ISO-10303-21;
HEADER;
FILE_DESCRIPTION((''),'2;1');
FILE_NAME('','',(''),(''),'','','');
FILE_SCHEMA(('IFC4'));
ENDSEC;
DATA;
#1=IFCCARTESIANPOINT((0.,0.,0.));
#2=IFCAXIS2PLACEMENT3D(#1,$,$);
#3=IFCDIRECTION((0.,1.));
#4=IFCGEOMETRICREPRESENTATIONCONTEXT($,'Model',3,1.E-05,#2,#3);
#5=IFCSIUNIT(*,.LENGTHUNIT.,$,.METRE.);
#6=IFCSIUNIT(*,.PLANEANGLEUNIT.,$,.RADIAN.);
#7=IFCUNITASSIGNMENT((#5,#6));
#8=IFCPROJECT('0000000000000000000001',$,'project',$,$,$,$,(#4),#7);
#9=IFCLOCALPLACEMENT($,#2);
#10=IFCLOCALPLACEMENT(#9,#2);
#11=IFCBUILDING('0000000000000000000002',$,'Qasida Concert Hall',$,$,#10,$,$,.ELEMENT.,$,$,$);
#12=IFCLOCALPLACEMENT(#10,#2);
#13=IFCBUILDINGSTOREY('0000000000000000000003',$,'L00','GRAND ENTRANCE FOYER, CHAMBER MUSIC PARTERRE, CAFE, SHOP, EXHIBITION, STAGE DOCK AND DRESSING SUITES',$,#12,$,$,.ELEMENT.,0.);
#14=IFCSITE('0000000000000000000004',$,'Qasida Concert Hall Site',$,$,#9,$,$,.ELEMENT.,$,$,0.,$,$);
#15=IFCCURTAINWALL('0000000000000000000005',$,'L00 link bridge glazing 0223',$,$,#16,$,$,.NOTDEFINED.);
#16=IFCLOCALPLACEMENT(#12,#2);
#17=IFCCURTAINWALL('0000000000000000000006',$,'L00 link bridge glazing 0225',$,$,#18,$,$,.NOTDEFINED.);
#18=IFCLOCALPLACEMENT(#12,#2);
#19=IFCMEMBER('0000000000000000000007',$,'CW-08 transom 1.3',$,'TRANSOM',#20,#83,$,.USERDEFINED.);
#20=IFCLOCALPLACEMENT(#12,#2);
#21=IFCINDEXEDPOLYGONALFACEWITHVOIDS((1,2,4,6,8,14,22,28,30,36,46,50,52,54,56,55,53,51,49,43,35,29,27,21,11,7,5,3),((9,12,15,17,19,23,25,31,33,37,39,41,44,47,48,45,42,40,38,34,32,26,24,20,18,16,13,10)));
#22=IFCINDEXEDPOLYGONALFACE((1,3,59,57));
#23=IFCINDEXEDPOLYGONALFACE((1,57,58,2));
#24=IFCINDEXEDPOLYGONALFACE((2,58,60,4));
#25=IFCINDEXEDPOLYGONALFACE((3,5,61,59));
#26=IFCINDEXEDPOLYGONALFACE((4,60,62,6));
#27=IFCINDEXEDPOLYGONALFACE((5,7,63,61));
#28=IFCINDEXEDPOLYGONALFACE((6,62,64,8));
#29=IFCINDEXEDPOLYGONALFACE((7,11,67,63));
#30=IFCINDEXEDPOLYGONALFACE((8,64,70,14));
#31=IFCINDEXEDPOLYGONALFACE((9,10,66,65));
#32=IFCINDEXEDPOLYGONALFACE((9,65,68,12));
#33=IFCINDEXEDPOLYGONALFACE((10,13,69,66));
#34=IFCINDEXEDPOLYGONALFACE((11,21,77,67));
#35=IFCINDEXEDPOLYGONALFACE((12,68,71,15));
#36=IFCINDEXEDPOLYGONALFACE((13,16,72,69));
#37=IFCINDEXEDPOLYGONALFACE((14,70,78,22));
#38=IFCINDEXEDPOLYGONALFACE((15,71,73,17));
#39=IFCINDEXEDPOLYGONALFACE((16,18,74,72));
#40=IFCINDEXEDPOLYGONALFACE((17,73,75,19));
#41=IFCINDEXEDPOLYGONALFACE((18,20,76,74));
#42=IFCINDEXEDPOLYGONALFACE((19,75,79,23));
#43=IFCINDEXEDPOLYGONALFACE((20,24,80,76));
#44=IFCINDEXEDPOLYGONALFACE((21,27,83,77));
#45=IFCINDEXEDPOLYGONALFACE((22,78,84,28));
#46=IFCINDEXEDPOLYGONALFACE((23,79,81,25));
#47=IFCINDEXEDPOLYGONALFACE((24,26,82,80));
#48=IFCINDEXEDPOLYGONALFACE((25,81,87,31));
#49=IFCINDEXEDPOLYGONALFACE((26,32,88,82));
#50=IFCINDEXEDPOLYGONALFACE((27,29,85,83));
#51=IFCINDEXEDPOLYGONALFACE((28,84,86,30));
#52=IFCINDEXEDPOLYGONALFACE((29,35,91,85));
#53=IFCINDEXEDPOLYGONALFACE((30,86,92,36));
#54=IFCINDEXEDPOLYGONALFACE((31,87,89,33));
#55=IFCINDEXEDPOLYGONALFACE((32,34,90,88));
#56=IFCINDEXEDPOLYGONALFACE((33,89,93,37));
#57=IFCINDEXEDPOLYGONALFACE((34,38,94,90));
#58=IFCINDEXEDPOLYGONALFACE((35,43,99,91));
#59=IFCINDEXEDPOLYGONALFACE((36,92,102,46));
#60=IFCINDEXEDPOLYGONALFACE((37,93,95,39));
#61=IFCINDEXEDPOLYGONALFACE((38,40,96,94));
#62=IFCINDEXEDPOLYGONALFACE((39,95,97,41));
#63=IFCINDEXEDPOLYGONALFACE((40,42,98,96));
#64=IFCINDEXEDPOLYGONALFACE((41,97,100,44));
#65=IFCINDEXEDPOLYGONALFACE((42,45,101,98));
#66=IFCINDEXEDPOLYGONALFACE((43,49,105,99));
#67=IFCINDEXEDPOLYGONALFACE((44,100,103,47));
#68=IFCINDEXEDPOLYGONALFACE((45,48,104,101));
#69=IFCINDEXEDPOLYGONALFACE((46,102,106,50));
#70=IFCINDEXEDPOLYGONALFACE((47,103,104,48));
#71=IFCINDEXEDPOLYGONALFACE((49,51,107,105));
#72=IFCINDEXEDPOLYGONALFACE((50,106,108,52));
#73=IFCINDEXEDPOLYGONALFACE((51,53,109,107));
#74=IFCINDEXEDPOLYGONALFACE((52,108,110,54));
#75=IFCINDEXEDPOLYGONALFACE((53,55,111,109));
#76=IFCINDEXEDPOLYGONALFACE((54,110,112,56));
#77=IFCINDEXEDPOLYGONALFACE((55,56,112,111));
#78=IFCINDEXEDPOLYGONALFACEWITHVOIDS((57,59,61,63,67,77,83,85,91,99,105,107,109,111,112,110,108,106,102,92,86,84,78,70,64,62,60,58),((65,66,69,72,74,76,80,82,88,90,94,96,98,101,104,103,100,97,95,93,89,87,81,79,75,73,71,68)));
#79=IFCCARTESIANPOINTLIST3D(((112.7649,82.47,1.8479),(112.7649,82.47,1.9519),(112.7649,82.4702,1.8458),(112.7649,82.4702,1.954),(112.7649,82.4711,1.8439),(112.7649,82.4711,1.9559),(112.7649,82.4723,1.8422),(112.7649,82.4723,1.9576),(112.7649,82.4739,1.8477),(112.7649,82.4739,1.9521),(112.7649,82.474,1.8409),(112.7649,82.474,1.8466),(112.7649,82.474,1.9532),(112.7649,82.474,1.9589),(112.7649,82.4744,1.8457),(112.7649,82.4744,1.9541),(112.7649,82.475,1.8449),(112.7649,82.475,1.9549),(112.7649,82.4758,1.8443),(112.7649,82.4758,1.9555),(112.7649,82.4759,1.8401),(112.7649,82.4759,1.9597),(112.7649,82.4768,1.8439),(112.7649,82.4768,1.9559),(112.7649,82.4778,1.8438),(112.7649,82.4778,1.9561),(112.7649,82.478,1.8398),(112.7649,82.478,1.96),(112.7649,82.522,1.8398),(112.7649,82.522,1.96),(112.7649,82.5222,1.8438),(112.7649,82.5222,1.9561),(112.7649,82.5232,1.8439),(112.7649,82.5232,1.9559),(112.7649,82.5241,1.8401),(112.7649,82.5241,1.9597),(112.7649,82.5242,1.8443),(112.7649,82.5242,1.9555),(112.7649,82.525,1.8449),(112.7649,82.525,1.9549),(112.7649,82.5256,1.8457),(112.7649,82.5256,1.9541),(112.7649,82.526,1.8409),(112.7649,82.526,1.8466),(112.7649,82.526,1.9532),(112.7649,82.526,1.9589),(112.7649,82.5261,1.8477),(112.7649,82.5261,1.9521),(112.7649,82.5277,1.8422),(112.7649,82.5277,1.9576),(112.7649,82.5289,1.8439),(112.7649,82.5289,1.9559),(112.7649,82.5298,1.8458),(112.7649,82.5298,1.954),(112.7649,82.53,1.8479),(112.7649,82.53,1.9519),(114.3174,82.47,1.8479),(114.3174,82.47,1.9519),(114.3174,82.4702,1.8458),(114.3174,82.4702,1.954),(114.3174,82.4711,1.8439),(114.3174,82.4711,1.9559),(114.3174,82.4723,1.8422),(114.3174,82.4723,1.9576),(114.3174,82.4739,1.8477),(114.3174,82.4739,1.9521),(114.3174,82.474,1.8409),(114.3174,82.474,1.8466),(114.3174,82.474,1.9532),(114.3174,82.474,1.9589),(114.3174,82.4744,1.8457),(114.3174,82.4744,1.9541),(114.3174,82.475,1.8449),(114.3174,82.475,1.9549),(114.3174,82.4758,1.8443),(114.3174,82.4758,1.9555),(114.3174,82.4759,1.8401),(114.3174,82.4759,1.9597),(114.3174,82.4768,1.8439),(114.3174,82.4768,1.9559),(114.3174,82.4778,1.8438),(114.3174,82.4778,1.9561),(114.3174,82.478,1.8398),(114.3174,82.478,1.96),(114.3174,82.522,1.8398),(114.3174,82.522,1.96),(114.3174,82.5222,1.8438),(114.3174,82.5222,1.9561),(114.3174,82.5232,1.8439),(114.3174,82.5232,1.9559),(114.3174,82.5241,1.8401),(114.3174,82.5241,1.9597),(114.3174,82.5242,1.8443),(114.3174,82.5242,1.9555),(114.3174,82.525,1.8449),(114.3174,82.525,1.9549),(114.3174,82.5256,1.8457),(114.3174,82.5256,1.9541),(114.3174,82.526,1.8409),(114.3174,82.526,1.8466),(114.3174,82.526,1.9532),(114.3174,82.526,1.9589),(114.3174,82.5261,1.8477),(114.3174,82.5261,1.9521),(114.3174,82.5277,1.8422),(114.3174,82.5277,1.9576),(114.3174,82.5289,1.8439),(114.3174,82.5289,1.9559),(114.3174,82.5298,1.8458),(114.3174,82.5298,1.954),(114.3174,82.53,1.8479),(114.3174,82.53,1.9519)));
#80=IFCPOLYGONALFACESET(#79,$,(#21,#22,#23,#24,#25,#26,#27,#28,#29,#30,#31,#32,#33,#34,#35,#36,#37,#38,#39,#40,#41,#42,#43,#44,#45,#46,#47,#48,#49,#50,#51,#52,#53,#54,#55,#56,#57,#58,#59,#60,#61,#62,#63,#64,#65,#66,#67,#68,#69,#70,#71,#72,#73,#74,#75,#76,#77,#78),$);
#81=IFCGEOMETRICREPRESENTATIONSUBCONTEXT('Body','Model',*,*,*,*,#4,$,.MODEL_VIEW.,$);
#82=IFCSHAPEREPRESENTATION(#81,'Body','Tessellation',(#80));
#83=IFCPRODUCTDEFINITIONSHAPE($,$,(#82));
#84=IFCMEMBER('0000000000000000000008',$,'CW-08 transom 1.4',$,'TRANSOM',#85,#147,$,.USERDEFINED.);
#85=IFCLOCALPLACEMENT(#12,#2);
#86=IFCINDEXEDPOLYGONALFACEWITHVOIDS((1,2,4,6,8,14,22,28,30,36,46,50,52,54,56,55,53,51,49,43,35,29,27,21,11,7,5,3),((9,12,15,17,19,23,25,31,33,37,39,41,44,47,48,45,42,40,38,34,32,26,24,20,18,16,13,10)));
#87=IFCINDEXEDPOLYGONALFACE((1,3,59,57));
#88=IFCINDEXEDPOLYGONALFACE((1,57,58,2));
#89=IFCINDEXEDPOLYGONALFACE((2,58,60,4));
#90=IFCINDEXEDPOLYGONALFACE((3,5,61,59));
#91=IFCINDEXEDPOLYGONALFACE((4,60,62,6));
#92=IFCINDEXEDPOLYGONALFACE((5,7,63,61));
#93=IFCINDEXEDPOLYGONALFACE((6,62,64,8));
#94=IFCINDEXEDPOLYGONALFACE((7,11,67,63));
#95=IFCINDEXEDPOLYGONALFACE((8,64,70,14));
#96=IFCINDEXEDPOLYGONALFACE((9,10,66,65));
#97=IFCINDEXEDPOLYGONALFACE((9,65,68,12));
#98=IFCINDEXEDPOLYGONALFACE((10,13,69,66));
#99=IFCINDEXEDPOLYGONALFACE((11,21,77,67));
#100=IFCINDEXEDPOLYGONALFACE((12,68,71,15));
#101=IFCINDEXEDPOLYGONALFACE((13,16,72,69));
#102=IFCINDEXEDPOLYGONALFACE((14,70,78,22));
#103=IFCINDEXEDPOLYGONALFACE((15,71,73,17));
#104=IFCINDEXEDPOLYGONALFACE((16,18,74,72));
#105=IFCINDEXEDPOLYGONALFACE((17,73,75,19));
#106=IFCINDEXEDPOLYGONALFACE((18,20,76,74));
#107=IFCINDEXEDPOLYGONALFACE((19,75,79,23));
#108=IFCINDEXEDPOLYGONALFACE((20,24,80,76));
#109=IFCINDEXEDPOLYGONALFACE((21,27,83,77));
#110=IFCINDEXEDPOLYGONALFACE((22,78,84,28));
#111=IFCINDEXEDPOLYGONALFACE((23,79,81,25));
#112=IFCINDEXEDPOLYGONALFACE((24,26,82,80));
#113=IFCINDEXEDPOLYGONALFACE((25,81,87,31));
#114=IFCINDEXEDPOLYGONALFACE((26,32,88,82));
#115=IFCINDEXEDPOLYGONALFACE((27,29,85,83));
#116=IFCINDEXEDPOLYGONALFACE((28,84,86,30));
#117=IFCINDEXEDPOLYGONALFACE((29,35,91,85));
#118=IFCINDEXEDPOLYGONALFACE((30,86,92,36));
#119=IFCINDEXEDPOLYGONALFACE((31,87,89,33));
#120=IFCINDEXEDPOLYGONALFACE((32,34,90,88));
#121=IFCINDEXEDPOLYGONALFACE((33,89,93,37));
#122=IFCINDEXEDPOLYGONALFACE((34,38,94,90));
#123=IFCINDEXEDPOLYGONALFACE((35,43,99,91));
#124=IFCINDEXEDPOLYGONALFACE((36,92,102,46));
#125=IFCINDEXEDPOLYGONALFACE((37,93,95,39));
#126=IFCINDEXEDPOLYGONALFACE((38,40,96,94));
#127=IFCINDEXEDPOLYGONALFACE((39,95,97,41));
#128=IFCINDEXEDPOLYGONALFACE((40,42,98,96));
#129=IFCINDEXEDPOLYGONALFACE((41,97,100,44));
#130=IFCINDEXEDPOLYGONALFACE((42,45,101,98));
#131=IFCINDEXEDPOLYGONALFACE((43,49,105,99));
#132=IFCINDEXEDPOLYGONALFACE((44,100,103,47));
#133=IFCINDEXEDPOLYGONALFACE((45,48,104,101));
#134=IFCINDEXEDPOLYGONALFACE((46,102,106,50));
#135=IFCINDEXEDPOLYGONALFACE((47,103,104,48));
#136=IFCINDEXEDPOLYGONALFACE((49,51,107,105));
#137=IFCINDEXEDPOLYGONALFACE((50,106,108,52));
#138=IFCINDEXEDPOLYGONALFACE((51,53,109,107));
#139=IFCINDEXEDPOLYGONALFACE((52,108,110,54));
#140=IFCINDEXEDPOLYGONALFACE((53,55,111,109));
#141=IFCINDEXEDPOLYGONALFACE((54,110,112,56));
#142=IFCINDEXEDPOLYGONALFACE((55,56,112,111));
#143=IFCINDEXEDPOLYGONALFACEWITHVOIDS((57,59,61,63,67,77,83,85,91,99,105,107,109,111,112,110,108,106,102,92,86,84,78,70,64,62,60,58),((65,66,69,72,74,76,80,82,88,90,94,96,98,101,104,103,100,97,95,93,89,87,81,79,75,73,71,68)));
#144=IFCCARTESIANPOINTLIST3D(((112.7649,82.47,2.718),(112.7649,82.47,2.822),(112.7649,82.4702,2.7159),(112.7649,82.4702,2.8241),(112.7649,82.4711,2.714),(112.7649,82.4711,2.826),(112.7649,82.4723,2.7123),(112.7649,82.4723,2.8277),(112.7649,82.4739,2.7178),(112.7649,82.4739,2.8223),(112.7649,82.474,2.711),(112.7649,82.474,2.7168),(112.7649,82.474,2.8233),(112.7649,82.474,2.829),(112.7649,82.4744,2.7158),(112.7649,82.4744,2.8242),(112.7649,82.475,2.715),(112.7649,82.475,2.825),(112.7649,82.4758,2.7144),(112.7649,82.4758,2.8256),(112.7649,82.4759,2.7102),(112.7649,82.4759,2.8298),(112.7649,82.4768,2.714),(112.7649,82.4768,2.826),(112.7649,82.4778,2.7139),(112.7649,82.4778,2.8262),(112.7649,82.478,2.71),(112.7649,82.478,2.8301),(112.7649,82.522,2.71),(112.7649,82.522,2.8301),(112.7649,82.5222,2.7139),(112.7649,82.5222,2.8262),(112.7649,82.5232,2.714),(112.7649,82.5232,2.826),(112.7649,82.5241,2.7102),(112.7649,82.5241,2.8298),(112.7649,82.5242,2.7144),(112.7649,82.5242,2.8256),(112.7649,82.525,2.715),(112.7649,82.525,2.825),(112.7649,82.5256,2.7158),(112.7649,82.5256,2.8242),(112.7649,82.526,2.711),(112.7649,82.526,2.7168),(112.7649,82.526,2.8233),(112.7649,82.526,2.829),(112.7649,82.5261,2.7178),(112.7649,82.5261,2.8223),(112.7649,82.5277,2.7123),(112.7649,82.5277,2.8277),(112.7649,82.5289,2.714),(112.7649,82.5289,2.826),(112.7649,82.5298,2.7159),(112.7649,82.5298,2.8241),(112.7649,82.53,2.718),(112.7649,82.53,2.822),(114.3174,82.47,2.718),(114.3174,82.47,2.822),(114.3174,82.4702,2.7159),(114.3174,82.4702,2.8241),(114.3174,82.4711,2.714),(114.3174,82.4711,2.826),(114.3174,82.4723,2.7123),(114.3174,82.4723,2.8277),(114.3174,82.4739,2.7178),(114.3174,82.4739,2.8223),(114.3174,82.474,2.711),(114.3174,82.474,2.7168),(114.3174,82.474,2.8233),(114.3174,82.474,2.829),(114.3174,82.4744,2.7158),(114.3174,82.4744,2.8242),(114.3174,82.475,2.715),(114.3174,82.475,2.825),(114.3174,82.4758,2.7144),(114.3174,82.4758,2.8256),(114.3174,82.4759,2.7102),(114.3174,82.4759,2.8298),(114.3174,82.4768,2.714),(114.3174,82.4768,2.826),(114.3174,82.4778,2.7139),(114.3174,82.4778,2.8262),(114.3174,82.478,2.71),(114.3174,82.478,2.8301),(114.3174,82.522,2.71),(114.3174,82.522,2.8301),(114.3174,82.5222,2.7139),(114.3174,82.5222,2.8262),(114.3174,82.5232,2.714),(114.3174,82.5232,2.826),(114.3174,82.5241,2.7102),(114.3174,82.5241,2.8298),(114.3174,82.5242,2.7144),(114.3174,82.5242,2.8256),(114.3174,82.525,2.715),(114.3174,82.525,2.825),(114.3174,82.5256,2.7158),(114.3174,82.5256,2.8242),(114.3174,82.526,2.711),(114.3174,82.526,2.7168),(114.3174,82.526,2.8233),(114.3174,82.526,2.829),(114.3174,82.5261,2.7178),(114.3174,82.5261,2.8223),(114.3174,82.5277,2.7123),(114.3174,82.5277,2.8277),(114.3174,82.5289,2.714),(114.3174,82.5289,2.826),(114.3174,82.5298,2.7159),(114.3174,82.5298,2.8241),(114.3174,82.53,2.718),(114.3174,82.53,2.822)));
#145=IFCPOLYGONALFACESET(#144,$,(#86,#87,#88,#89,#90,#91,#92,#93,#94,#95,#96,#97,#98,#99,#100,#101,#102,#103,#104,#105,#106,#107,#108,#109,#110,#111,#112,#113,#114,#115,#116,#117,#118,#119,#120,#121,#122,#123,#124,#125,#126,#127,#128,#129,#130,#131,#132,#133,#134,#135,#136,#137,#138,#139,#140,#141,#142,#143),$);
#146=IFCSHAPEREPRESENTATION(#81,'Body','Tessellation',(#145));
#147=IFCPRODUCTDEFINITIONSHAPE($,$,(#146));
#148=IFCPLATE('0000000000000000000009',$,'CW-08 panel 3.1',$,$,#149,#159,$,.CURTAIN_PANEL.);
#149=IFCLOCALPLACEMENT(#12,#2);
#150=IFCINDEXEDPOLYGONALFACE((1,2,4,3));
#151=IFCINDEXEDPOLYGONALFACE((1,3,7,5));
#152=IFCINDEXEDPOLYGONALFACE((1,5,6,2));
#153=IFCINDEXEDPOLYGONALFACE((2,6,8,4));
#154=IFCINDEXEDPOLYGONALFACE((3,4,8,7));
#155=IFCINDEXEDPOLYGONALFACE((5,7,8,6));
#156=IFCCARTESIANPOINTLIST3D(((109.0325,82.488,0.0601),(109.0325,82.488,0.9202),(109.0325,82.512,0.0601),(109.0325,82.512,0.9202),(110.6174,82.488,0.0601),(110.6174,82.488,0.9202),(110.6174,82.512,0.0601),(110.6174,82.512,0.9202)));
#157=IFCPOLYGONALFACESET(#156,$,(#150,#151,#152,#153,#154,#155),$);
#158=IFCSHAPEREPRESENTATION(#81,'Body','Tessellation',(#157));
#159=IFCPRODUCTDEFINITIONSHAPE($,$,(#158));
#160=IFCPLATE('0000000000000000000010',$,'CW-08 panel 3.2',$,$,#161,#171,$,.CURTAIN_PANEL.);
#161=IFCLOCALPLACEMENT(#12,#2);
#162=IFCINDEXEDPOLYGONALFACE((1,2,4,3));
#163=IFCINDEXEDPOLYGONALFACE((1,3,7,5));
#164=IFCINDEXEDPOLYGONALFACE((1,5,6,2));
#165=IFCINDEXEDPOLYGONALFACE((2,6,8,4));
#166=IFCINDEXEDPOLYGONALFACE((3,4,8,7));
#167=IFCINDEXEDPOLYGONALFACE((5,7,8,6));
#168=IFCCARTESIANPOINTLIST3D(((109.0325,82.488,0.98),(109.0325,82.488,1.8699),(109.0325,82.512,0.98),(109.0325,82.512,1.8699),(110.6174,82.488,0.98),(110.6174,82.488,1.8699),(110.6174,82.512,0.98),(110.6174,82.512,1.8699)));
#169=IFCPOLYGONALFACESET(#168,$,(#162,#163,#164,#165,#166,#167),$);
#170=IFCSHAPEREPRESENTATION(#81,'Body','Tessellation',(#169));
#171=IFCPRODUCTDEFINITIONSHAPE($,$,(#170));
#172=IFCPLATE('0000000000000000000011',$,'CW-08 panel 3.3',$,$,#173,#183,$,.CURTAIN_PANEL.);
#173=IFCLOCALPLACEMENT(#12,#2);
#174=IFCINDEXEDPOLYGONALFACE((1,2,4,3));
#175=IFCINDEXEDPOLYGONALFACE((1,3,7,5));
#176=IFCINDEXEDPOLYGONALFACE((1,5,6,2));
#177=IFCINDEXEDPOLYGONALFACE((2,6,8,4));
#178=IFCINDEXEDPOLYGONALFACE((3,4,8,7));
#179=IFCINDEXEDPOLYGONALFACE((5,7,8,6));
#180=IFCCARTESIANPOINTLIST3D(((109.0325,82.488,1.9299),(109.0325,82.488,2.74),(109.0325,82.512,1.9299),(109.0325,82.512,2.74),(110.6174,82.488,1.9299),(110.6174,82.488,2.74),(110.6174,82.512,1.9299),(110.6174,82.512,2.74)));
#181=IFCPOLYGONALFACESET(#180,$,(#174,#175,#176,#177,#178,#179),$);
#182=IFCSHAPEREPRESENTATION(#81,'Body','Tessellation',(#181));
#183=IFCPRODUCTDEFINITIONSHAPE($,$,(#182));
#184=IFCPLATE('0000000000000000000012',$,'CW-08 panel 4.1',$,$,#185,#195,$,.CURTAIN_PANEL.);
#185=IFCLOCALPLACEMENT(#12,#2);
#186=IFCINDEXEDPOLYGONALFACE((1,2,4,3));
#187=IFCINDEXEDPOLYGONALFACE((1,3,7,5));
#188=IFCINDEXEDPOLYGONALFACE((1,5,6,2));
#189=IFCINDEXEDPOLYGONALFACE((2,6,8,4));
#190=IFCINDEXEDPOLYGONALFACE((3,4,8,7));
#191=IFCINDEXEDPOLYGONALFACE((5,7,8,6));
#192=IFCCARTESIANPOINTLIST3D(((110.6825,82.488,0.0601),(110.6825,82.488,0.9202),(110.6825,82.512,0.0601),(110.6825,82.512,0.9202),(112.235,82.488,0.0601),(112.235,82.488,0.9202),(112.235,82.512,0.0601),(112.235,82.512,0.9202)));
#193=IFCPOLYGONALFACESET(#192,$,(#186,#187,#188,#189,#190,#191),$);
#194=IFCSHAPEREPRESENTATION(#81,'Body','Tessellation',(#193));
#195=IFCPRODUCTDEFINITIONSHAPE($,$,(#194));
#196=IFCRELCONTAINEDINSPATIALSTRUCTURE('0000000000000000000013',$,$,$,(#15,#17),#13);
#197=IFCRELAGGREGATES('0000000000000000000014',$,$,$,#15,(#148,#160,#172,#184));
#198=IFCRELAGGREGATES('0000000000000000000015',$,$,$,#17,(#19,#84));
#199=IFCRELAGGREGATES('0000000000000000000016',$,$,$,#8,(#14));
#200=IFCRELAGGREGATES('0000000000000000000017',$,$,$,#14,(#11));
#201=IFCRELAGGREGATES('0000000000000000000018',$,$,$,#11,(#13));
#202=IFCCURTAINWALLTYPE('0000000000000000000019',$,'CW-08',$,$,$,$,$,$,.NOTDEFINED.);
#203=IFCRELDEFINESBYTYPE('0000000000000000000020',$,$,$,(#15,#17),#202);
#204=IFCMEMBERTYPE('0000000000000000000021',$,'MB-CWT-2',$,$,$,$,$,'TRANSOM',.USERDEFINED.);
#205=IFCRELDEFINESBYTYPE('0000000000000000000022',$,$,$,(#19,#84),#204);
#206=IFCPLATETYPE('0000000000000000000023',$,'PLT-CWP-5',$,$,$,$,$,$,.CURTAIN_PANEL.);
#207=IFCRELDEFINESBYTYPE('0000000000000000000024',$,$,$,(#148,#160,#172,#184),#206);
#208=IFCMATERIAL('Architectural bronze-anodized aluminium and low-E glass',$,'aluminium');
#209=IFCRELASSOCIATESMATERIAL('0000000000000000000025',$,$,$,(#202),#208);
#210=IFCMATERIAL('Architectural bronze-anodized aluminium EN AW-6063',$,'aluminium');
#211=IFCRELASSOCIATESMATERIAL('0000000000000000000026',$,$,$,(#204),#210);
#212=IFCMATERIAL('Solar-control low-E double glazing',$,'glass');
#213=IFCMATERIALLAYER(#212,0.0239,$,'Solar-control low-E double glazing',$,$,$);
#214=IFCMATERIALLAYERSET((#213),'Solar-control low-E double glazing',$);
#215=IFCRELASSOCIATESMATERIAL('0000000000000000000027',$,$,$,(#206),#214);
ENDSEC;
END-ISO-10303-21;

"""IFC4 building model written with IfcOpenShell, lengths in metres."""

from ifc_helpers import new_model, si_unit, direction, frame, origin, origin_2d, place, context, subcontext, project, spatial, rectangle, hollow_rectangle, extrude, material, layer, layer_set, material_profile, profile_set, type_object, element, aggregate, save


model = new_model("IFC4")

# Units and contexts
model_context = context("Model", 3, precision=1e-05, world=origin(), true_north=direction((0.0, 1.0)))
body_context = subcontext(model_context, "Body", "Model", "MODEL_VIEW")
ifc_project = project(units=[si_unit("LENGTHUNIT", "METRE"), si_unit("PLANEANGLEUNIT", "RADIAN")], contexts=[model_context])

# Site, building, storey
site_placement = place(None, origin())
site = spatial("IfcSite", under=ifc_project, at=site_placement, Name="Qasida Concert Hall Site", CompositionType="ELEMENT", RefElevation=0.0)
building_placement = place(site_placement, origin())
building = spatial("IfcBuilding", under=site, at=building_placement, Name="Qasida Concert Hall", CompositionType="ELEMENT")
storey_placement = place(building_placement, origin())
storey = spatial("IfcBuildingStorey", under=building, at=storey_placement, Name="L00", Description="GRAND ENTRANCE FOYER, CHAMBER MUSIC PARTERRE, CAFE, SHOP, EXHIBITION, STAGE DOCK AND DRESSING SUITES", CompositionType="ELEMENT", Elevation=0.0)

# Curtain walls
ifc_material_1 = material(Name="Architectural bronze-anodized aluminium and low-E glass", Category="aluminium")
curtain_wall_type = type_object("IfcCurtainWallType", Name="CW-08", PredefinedType="NOTDEFINED", material=ifc_material_1)
curtain_wall_1_placement = place(storey_placement, origin())
curtain_wall_1 = element("IfcCurtainWall", 1, at=curtain_wall_1_placement, inside=storey, type_object=curtain_wall_type, Name="L00 link bridge glazing 0223", PredefinedType="NOTDEFINED")
ifc_material_2 = material(Name="Architectural bronze-anodized aluminium EN AW-6063", Category="aluminium")
curtain_wall_2_placement = place(storey_placement, origin())
curtain_wall_2 = element("IfcCurtainWall", 2, at=curtain_wall_2_placement, inside=storey, type_object=curtain_wall_type, Name="L00 link bridge glazing 0225", PredefinedType="NOTDEFINED")

# Shared definitions
ifc_material_profile_1 = material_profile(ifc_material_2, hollow_rectangle(XDim=0.0601, YDim=0.1201, WallThickness=0.0039, InnerFilletRadius=0.0039, OuterFilletRadius=0.0081, at=origin_2d()), Name="CWT 120x60x4")
ifc_profile_set_1 = profile_set([ifc_material_profile_1], Name="Architectural bronze-anodized aluminium EN AW-6063")
member_type_1 = type_object("IfcMemberType", Name="MB-CWT-2", ElementType="TRANSOM", PredefinedType="USERDEFINED", material=ifc_profile_set_1)

# Members
member_1_placement = place(storey_placement, frame((112.7649, 82.5, 1.8999), z_axis=(1.0, 0.0, 0.0), x_axis=(0.0, 1.0, 0.0)))
member_1 = element("IfcMember", 3, at=member_1_placement, type_object=member_type_1, Name="CW-08 transom 1.3", ObjectType="TRANSOM", PredefinedType="USERDEFINED", context=body_context, shape_type="SweptSolid", body=[
    extrude(hollow_rectangle(XDim=0.0601, YDim=0.1201, WallThickness=0.0039, InnerFilletRadius=0.0039, OuterFilletRadius=0.0081, at=origin_2d()), origin(), (0.0, 0.0, 1.0), 1.5525),
])
member_2_placement = place(storey_placement, frame((112.7649, 82.5, 2.77), z_axis=(1.0, 0.0, 0.0), x_axis=(0.0, 1.0, 0.0)))
member_2 = element("IfcMember", 4, at=member_2_placement, type_object=member_type_1, Name="CW-08 transom 1.4", ObjectType="TRANSOM", PredefinedType="USERDEFINED", context=body_context, shape_type="SweptSolid", body=[
    extrude(hollow_rectangle(XDim=0.0601, YDim=0.1201, WallThickness=0.0039, InnerFilletRadius=0.0039, OuterFilletRadius=0.0081, at=origin_2d()), origin(), (0.0, 0.0, 1.0), 1.5525),
])

# Plates
ifc_material_3 = material(Name="Solar-control low-E double glazing", Category="glass")
ifc_layer = layer(ifc_material_3, 0.0239, Name="Solar-control low-E double glazing")
ifc_layer_set = layer_set([ifc_layer], Name="Solar-control low-E double glazing")
plate_type = type_object("IfcPlateType", Name="PLT-CWP-5", PredefinedType="CURTAIN_PANEL", material=ifc_layer_set)
plate_1_placement = place(storey_placement, frame((109.825, 82.5, 0.0601), z_axis=(0.0, 0.0, 1.0), x_axis=(1.0, 0.0, 0.0)))
plate_1 = element("IfcPlate", 5, at=plate_1_placement, type_object=plate_type, Name="CW-08 panel 3.1", PredefinedType="CURTAIN_PANEL", context=body_context, shape_type="SweptSolid", body=[
    extrude(rectangle(XDim=1.585, YDim=0.0239, at=origin_2d()), origin(), (0.0, 0.0, 1.0), 0.8601),
])
plate_2_placement = place(storey_placement, frame((109.825, 82.5, 0.98), z_axis=(0.0, 0.0, 1.0), x_axis=(1.0, 0.0, 0.0)))
plate_2 = element("IfcPlate", 6, at=plate_2_placement, type_object=plate_type, Name="CW-08 panel 3.2", PredefinedType="CURTAIN_PANEL", context=body_context, shape_type="SweptSolid", body=[
    extrude(rectangle(XDim=1.585, YDim=0.0239, at=origin_2d()), origin(), (0.0, 0.0, 1.0), 0.8899),
])
plate_3_placement = place(storey_placement, frame((109.825, 82.5, 1.9299), z_axis=(0.0, 0.0, 1.0), x_axis=(1.0, 0.0, 0.0)))
plate_3 = element("IfcPlate", 7, at=plate_3_placement, type_object=plate_type, Name="CW-08 panel 3.3", PredefinedType="CURTAIN_PANEL", context=body_context, shape_type="SweptSolid", body=[
    extrude(rectangle(XDim=1.585, YDim=0.0239, at=origin_2d()), origin(), (0.0, 0.0, 1.0), 0.8101),
])
plate_4_placement = place(storey_placement, frame((111.4587, 82.5, 0.0601), z_axis=(0.0, 0.0, 1.0), x_axis=(1.0, 0.0, 0.0)))
plate_4 = element("IfcPlate", 8, at=plate_4_placement, type_object=plate_type, Name="CW-08 panel 4.1", PredefinedType="CURTAIN_PANEL", context=body_context, shape_type="SweptSolid", body=[
    extrude(rectangle(XDim=1.5525, YDim=0.0239, at=origin_2d()), origin(), (0.0, 0.0, 1.0), 0.8601),
])
aggregate(curtain_wall_1, [plate_1, plate_2, plate_3, plate_4])
aggregate(curtain_wall_2, [member_1, member_2])

save(model, "model.ifc")
